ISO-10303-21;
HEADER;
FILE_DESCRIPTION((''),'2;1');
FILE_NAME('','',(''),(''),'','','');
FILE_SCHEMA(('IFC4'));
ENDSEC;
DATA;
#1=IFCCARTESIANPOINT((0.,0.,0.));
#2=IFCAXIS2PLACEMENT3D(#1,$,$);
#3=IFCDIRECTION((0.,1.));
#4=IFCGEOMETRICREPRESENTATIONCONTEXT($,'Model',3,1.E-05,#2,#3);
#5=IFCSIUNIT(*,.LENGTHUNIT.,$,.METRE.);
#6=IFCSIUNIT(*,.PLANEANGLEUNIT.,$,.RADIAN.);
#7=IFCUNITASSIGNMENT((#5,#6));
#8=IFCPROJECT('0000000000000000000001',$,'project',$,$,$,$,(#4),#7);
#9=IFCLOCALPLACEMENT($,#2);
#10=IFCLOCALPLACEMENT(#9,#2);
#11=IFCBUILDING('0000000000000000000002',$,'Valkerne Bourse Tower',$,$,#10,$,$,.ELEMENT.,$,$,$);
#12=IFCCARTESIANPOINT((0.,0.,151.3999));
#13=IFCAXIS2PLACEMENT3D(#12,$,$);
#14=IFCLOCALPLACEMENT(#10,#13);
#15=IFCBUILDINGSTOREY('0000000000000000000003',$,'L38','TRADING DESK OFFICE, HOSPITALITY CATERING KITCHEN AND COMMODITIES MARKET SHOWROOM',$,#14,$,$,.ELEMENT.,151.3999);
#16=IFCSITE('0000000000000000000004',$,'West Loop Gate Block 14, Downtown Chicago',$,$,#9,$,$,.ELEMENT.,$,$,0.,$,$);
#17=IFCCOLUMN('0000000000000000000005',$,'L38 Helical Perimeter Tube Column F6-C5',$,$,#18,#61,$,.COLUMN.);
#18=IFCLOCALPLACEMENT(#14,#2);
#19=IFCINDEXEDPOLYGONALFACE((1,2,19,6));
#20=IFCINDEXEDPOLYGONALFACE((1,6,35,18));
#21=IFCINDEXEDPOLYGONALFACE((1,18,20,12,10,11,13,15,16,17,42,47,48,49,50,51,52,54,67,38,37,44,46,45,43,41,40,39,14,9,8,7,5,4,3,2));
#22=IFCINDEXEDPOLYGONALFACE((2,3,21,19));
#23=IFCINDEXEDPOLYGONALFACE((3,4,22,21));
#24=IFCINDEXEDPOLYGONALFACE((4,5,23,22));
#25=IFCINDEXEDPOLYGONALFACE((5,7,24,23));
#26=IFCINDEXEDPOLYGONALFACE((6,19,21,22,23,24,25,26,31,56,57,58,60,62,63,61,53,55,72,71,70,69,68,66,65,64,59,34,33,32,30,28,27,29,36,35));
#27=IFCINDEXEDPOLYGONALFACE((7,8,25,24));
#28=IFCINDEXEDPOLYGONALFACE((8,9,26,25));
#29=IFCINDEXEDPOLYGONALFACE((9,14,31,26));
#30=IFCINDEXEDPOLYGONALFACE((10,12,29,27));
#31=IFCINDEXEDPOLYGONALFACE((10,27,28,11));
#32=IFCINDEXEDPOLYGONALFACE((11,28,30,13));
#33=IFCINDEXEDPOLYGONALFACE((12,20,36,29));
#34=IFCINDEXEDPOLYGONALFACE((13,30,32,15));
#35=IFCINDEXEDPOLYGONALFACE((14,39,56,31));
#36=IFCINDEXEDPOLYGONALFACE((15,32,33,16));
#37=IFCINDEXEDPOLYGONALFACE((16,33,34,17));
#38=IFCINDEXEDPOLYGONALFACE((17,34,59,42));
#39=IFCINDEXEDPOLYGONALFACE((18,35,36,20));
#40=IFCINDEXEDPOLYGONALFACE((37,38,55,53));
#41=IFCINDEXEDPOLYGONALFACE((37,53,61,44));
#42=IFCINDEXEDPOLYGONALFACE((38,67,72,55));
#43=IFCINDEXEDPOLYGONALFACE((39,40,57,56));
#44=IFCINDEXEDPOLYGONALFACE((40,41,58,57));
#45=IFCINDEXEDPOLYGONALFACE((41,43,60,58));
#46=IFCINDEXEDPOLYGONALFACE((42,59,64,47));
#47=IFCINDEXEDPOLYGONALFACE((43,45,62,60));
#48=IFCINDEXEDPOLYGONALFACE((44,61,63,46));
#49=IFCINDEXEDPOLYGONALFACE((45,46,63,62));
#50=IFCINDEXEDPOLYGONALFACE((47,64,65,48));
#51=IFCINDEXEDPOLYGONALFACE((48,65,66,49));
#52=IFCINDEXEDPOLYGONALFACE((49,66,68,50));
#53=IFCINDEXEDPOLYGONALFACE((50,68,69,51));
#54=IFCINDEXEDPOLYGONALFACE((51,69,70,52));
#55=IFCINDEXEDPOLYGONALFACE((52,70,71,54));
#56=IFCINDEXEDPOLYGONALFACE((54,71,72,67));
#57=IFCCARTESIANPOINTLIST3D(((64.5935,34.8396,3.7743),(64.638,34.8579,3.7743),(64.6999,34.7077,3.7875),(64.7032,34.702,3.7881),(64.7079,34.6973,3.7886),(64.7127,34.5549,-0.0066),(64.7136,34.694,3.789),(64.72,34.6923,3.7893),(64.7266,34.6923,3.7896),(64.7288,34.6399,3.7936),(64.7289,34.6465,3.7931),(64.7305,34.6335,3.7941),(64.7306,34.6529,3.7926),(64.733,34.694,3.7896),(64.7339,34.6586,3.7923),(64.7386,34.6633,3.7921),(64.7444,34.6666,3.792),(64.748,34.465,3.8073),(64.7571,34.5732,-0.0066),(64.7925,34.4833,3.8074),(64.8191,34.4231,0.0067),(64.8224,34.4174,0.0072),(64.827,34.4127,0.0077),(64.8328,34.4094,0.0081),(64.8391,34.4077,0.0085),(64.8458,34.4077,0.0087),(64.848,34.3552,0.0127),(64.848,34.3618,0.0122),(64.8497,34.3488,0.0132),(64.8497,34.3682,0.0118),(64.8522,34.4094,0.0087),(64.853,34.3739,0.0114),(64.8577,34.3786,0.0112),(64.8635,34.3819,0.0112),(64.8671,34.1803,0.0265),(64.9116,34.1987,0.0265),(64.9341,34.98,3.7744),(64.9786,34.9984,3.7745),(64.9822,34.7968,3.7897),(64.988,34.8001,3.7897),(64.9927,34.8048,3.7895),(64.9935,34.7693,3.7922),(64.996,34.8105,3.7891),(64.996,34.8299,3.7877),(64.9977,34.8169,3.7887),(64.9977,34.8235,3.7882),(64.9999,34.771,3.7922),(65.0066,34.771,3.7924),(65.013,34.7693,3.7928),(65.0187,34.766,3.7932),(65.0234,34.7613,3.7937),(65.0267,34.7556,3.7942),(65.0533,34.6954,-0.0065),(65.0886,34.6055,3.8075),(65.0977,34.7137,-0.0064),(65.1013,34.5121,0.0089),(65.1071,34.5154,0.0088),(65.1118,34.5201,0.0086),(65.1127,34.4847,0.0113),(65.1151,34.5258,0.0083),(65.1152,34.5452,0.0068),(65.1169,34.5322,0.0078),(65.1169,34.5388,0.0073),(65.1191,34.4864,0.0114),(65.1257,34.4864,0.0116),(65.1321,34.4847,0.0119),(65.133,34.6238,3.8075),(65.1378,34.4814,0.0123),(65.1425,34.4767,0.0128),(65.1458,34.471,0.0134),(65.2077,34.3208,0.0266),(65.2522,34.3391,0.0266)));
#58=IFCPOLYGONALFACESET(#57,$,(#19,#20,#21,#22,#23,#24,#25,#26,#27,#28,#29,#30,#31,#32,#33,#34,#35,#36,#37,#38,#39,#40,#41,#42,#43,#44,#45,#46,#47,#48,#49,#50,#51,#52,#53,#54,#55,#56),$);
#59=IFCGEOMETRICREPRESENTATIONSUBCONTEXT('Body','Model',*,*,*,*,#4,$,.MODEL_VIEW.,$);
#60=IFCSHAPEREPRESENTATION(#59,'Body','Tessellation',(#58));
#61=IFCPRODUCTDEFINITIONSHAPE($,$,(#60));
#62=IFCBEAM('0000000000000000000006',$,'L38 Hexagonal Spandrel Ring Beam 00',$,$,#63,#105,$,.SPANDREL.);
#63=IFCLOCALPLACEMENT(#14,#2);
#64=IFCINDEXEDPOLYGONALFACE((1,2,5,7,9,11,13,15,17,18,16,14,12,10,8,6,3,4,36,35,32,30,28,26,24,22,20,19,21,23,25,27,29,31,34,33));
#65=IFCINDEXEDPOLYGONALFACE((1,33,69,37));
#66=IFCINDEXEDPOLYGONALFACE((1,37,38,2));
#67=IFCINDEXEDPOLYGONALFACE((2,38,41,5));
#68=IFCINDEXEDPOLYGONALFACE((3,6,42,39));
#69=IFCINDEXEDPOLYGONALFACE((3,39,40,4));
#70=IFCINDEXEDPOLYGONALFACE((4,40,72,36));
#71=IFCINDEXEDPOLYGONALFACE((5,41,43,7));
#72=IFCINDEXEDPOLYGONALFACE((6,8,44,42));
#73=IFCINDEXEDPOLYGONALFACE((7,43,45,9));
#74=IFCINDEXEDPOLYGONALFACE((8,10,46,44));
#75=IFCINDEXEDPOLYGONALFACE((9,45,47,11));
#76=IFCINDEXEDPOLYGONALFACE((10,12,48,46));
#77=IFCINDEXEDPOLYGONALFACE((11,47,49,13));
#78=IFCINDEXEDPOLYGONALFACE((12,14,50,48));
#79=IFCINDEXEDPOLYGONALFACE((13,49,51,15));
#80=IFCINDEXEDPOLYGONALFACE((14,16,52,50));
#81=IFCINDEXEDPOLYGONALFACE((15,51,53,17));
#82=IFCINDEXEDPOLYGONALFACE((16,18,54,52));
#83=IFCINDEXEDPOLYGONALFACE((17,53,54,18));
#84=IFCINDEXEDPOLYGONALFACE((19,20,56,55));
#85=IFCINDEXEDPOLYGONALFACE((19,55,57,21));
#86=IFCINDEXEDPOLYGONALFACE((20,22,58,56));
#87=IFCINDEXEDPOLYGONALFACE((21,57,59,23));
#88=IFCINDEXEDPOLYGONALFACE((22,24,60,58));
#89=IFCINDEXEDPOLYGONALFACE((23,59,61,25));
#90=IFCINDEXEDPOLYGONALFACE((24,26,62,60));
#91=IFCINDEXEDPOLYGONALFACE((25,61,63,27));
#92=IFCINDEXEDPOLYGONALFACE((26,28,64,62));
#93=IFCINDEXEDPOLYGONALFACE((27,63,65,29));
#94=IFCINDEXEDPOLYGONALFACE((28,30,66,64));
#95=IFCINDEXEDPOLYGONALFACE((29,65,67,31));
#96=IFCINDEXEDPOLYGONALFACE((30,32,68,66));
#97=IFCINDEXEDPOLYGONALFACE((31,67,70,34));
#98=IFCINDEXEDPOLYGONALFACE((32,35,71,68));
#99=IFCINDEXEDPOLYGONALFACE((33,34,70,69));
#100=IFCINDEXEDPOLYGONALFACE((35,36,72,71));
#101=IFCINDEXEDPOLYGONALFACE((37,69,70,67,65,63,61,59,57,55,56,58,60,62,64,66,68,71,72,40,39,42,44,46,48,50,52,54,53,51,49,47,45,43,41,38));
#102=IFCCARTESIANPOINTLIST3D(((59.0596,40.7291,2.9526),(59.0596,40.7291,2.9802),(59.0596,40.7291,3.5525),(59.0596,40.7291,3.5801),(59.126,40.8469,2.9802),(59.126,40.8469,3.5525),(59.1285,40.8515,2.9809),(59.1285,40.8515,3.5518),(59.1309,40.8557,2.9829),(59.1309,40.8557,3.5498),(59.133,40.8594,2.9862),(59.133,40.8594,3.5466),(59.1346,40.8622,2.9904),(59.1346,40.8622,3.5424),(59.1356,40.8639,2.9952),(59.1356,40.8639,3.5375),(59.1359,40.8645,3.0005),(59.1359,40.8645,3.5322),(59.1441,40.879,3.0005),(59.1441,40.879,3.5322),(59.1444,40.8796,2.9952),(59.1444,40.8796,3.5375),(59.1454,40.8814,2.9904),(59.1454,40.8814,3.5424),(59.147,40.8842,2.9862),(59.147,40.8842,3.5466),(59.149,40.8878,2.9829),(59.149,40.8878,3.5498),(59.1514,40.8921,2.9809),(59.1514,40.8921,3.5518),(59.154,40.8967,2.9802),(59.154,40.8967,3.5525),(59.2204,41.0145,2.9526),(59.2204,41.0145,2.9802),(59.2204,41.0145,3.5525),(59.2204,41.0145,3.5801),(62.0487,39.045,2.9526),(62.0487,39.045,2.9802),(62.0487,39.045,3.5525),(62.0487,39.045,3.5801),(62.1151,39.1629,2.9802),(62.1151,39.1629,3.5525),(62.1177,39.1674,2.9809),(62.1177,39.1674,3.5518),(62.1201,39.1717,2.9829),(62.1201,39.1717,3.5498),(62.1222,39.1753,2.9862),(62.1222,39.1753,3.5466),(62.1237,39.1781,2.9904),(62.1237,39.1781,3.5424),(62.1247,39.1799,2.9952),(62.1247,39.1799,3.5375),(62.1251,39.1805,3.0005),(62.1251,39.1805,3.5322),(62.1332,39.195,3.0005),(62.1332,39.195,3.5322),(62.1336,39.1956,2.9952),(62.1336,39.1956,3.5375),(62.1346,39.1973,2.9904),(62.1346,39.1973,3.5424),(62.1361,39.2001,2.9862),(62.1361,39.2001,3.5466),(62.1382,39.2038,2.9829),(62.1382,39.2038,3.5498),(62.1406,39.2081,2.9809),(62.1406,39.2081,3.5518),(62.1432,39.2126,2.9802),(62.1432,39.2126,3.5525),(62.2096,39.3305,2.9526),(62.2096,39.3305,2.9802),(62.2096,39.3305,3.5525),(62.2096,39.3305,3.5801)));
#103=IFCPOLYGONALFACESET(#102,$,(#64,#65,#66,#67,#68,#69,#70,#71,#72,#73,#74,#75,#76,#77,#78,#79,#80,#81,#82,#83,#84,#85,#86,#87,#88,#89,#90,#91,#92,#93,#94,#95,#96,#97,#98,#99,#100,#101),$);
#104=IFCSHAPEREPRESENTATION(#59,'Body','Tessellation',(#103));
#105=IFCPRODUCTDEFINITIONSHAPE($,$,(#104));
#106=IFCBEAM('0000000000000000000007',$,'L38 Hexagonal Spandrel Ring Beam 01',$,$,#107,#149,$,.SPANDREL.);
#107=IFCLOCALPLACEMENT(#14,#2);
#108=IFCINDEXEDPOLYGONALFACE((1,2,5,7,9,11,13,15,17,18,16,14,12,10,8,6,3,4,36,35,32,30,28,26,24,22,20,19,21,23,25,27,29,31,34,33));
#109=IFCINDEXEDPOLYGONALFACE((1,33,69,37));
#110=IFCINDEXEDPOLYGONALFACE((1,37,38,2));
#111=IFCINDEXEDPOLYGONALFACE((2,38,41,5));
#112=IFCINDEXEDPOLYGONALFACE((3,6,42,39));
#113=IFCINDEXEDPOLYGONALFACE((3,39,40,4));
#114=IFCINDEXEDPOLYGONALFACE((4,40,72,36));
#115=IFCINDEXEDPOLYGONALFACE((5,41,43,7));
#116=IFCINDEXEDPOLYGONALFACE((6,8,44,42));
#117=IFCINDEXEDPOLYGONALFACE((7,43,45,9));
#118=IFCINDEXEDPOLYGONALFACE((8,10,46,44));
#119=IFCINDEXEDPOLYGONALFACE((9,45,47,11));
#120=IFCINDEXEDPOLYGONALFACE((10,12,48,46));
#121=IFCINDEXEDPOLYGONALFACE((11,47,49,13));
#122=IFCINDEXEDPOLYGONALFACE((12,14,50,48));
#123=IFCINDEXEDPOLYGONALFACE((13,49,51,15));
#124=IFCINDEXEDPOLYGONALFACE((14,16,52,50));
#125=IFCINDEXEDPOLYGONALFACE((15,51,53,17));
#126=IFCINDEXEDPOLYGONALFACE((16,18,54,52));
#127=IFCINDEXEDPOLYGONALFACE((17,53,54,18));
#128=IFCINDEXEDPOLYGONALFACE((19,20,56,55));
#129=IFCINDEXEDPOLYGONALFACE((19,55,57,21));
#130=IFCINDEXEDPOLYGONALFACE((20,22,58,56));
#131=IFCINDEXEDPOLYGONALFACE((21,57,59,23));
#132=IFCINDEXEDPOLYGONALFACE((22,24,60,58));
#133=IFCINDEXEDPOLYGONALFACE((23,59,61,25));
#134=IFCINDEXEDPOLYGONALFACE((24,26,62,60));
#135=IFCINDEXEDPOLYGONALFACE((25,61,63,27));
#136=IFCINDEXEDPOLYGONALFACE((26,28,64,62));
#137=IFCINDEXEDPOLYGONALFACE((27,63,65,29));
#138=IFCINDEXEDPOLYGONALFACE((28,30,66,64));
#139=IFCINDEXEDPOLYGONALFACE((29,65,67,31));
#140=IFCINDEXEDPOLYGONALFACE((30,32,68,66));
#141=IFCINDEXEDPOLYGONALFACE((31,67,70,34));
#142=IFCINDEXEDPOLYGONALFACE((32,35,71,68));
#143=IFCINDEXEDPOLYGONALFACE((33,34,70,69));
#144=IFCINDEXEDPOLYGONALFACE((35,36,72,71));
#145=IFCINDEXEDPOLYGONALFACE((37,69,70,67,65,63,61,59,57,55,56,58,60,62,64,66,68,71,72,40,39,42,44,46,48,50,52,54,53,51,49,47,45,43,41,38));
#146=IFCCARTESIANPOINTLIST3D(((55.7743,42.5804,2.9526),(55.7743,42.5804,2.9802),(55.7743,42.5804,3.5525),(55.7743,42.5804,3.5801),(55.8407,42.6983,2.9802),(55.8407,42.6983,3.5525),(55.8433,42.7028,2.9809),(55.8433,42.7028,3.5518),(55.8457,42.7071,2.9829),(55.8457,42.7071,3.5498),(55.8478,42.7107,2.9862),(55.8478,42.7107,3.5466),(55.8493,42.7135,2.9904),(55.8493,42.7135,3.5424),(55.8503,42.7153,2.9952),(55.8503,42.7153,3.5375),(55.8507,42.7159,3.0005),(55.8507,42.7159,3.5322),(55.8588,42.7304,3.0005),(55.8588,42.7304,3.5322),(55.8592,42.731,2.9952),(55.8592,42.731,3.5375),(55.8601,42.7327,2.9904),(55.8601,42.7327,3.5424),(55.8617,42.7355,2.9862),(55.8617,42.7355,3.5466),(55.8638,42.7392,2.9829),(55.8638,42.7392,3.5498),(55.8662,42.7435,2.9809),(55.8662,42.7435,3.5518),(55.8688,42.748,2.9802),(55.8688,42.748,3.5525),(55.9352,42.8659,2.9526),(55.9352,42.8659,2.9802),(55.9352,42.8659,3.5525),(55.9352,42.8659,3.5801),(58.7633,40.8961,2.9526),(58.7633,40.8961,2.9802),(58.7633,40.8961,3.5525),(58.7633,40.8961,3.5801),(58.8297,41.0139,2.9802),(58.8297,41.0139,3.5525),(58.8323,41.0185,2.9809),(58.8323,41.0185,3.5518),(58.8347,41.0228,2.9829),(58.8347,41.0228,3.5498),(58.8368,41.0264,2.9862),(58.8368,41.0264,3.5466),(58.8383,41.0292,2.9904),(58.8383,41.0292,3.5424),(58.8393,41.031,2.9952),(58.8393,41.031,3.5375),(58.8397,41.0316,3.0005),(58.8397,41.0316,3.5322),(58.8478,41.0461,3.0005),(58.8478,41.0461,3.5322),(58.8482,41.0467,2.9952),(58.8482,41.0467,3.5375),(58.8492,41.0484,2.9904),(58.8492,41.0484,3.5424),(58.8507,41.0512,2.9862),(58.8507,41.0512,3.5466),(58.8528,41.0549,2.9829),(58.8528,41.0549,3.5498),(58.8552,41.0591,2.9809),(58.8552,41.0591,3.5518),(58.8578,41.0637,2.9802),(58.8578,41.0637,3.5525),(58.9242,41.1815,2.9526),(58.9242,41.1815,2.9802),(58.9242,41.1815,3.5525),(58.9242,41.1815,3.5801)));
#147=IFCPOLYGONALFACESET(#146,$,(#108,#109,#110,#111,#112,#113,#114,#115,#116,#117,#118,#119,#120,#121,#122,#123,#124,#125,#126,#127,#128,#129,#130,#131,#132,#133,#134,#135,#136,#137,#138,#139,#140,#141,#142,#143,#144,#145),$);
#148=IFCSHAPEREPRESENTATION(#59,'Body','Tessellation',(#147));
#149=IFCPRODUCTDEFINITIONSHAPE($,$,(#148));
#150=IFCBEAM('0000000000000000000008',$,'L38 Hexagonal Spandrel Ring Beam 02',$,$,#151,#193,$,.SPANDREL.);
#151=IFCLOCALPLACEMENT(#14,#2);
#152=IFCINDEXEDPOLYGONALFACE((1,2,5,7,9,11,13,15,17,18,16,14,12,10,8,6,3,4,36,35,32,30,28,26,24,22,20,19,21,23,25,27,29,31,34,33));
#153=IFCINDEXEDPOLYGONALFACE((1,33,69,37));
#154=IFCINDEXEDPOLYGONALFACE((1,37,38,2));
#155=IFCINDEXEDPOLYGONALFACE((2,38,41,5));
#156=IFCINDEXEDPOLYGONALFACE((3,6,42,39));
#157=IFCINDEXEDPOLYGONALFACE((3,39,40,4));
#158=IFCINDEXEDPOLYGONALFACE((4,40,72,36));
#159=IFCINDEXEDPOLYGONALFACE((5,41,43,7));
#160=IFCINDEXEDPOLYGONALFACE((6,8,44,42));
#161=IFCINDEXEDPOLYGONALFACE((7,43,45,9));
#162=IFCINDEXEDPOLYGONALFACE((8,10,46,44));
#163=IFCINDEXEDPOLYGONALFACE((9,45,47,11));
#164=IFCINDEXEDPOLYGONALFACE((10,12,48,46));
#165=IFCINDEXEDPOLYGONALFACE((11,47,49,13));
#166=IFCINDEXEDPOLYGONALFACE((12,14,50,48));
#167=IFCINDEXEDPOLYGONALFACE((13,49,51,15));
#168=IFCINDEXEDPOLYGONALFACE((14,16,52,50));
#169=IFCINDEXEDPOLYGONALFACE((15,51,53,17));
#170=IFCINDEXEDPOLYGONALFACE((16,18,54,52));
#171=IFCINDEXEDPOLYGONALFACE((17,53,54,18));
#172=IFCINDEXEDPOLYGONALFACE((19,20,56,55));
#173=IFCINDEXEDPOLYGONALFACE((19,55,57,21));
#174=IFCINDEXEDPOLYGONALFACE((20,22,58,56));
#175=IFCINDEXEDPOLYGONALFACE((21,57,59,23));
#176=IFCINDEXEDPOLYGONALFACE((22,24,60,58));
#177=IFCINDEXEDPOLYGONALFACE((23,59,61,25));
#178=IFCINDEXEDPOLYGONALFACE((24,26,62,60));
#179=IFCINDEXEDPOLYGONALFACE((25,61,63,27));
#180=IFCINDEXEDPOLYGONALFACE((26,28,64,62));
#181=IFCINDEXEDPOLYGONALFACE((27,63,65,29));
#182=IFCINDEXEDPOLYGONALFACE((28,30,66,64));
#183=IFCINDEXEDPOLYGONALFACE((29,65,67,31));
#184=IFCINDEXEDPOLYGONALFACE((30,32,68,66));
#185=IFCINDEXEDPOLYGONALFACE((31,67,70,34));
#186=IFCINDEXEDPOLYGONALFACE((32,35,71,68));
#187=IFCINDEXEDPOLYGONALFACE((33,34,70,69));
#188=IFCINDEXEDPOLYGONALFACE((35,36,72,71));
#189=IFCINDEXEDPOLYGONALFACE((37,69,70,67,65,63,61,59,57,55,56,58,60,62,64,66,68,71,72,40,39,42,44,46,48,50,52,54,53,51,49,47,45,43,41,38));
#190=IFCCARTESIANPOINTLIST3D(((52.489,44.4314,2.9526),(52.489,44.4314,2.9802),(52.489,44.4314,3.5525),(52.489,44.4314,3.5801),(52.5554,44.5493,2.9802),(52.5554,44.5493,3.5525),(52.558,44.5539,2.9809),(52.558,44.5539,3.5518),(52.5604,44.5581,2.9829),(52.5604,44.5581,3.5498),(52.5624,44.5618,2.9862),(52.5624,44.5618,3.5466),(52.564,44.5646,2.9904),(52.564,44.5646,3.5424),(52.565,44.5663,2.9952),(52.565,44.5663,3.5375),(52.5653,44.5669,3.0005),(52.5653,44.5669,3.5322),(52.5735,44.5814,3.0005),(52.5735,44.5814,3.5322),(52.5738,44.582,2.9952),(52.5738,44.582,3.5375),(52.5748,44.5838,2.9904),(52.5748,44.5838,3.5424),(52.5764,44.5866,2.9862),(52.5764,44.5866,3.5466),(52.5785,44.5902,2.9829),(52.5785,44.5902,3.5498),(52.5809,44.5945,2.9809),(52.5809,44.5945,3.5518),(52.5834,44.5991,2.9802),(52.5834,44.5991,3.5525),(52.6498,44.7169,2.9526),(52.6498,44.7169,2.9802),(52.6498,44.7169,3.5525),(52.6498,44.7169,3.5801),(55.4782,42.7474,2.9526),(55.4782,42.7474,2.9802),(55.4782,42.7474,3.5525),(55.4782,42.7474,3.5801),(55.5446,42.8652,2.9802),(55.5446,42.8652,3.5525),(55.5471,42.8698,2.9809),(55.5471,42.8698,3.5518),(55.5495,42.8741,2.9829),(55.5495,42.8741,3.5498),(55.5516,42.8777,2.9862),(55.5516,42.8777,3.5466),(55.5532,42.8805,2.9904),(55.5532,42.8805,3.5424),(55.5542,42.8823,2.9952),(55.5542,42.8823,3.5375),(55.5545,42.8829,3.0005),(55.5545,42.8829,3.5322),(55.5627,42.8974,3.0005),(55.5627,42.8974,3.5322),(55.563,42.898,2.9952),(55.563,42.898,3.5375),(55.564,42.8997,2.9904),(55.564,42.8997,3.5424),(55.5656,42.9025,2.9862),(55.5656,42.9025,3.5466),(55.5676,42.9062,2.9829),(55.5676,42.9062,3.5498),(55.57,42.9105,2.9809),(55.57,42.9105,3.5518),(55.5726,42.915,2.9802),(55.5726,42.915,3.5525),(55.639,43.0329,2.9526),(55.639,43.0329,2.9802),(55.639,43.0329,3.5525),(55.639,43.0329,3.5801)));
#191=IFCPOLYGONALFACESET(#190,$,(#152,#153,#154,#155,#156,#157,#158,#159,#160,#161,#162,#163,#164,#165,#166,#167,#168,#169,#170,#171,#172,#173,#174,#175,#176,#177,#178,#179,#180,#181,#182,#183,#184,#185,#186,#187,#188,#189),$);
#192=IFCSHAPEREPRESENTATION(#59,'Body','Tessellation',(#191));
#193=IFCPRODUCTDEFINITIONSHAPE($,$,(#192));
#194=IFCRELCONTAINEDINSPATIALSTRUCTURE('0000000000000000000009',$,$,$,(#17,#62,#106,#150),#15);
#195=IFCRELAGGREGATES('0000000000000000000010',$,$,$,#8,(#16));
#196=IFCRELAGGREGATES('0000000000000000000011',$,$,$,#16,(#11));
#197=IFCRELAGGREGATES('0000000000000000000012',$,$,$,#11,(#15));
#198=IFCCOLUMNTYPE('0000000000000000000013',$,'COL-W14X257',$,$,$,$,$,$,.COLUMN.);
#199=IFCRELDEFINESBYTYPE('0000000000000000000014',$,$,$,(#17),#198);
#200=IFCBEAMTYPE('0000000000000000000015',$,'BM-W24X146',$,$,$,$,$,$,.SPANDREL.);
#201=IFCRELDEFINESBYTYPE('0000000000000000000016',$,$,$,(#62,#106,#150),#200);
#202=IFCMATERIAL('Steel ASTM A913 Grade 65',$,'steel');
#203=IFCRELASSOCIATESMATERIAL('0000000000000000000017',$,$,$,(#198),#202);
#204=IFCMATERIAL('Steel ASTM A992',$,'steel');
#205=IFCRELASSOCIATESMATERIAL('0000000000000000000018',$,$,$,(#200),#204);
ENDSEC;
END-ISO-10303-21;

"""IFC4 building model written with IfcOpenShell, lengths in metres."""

from ifc_helpers import new_model, si_unit, direction, frame, origin, origin_2d, place, context, subcontext, project, spatial, i_section, extrude, material, material_profile, profile_set, type_object, element, save


model = new_model("IFC4")

# Units and contexts
model_context = context("Model", 3, precision=1e-05, world=origin(), true_north=direction((0.0, 1.0)))
body_context = subcontext(model_context, "Body", "Model", "MODEL_VIEW")
ifc_project = project(units=[si_unit("LENGTHUNIT", "METRE"), si_unit("PLANEANGLEUNIT", "RADIAN")], contexts=[model_context])

# Site, building, storey
site_placement = place(None, origin())
site = spatial("IfcSite", under=ifc_project, at=site_placement, Name="West Loop Gate Block 14, Downtown Chicago", CompositionType="ELEMENT", RefElevation=0.0)
building_placement = place(site_placement, origin())
building = spatial("IfcBuilding", under=site, at=building_placement, Name="Valkerne Bourse Tower", CompositionType="ELEMENT")
storey_placement = place(building_placement, frame((0.0, 0.0, 151.3999)))
storey = spatial("IfcBuildingStorey", under=building, at=storey_placement, Name="L38", Description="TRADING DESK OFFICE, HOSPITALITY CATERING KITCHEN AND COMMODITIES MARKET SHOWROOM", CompositionType="ELEMENT", Elevation=151.3999)

# Column
ifc_material_1 = material(Name="Steel ASTM A913 Grade 65", Category="steel")
ifc_material_profile_1 = material_profile(ifc_material_1, i_section(OverallWidth=0.4065, OverallDepth=0.4165, WebThickness=0.0298, FlangeThickness=0.0481, FilletRadius=0.0254, at=origin_2d()), Name="W14X257")
ifc_profile_set_1 = profile_set([ifc_material_profile_1], Name="Steel ASTM A913 Grade 65")
column_type = type_object("IfcColumnType", Name="COL-W14X257", PredefinedType="COLUMN", material=ifc_profile_set_1)
column_1_placement = place(storey_placement, frame((64.9824, 34.447, 0.01), z_axis=(-0.031406, 0.075039, 0.996686), x_axis=(0.379961, -0.921419, 0.081345)))
element("IfcColumn", 1, at=column_1_placement, inside=storey, type_object=column_type, Name="L38 Helical Perimeter Tube Column F6-C5", PredefinedType="COLUMN", context=body_context, shape_type="SweptSolid", body=[
    extrude(i_section(OverallWidth=0.4065, OverallDepth=0.4165, WebThickness=0.0298, FlangeThickness=0.0481, FilletRadius=0.0254, at=origin_2d()), origin(), (0.0, 0.0, 1.0), 3.7935),
])

# Beams
ifc_material_2 = material(Name="Steel ASTM A992", Category="steel")
ifc_material_profile_2 = material_profile(ifc_material_2, i_section(OverallWidth=0.3276, OverallDepth=0.6274, WebThickness=0.0166, FlangeThickness=0.0276, FilletRadius=0.0203, at=origin_2d()), Name="W24X146")
ifc_profile_set_2 = profile_set([ifc_material_profile_2], Name="Steel ASTM A992")
beam_type = type_object("IfcBeamType", Name="BM-W24X146", PredefinedType="SPANDREL", material=ifc_profile_set_2)
for number, where, z_axis, x_axis, name in (
    (2, (62.1292, 39.1877, 3.2664), (-0.871248, 0.490842, 0.0), (-0.490842, -0.871248, 0.0), "L38 Hexagonal Spandrel Ring Beam 00"),
    (3, (58.8438, 41.0388, 3.2664), (-0.871201, 0.490927, 0.0), (-0.490927, -0.871201, 0.0), "L38 Hexagonal Spandrel Ring Beam 01"),
    (4, (55.5586, 42.8901, 3.2664), (-0.871248, 0.490842, 0.0), (-0.490842, -0.871248, 0.0), "L38 Hexagonal Spandrel Ring Beam 02"),
):
    element("IfcBeam", number, at=place(storey_placement, frame(where, z_axis=z_axis, x_axis=x_axis)), inside=storey, type_object=beam_type, Name=name, PredefinedType="SPANDREL", context=body_context, shape_type="SweptSolid", body=[
        extrude(i_section(OverallWidth=0.3276, OverallDepth=0.6274, WebThickness=0.0166, FlangeThickness=0.0276, FilletRadius=0.0203, at=origin_2d()), origin(), (0.0, 0.0, 1.0), 3.4309),
    ])

save(model, "model.ifc")
